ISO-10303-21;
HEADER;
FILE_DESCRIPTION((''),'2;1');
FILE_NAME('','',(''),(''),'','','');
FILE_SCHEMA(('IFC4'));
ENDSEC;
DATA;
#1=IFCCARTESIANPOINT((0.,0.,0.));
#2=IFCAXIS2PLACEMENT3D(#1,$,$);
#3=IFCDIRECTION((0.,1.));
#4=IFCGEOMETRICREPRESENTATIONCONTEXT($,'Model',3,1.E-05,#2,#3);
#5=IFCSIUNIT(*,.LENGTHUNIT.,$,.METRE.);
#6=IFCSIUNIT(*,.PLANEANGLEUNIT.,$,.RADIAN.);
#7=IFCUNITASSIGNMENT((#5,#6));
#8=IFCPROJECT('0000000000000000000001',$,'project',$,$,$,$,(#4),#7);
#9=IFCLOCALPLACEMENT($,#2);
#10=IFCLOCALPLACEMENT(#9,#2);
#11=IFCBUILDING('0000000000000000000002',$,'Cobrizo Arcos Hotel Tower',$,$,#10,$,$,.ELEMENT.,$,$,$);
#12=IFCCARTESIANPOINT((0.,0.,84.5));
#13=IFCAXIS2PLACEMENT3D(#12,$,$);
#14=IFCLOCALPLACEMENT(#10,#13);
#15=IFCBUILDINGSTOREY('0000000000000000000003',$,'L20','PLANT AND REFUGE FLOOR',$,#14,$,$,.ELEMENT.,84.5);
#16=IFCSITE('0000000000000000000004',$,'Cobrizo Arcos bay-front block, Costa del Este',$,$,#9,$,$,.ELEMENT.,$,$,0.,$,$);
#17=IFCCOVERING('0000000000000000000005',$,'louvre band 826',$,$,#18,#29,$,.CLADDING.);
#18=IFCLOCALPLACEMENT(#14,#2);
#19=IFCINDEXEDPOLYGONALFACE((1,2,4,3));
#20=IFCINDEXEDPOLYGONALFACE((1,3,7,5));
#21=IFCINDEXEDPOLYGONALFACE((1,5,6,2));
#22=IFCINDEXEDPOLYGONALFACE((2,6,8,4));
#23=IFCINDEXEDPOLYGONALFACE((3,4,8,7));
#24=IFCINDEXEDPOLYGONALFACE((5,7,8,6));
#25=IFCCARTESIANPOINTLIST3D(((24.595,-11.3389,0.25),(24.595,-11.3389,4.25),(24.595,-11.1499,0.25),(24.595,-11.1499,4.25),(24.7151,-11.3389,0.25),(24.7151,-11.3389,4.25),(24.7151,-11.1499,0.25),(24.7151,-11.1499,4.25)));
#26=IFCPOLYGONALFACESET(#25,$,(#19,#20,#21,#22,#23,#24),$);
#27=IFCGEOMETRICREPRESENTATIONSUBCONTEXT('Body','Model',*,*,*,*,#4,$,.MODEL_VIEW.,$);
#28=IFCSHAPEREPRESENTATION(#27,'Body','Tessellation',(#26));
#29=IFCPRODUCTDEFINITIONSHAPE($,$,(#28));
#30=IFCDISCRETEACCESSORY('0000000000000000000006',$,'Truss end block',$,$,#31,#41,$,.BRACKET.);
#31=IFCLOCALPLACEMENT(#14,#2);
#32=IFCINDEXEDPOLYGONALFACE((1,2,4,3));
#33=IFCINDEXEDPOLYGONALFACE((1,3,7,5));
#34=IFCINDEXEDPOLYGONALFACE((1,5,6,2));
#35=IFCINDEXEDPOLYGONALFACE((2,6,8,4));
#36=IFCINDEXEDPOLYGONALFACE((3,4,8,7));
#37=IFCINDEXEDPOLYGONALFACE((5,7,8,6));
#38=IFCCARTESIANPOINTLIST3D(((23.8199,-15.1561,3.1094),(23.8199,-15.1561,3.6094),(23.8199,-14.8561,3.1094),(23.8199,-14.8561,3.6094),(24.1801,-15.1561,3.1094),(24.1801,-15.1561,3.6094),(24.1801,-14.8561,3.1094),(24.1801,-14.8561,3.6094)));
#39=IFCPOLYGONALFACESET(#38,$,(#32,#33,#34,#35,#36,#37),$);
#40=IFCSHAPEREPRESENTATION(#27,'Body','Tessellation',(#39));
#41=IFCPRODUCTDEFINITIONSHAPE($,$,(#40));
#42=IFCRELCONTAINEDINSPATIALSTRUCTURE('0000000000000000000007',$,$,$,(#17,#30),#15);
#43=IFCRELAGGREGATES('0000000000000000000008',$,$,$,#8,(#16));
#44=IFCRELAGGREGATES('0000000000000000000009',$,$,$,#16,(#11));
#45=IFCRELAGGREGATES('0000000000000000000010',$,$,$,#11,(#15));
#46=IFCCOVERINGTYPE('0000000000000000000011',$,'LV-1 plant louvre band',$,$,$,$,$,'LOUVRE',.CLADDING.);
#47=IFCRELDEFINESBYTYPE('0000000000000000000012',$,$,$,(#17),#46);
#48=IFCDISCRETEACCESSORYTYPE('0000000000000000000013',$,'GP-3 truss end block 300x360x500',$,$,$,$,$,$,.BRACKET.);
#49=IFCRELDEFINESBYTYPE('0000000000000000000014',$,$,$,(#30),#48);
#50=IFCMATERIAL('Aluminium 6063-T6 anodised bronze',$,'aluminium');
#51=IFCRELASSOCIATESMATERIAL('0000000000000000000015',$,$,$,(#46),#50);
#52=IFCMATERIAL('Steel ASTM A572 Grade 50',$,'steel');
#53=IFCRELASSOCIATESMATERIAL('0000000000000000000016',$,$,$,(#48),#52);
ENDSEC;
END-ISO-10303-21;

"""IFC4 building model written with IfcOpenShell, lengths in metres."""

from ifc_helpers import new_model, si_unit, direction, frame, origin, origin_2d, place, context, subcontext, project, spatial, rectangle, extrude, material, type_object, element, save


model = new_model("IFC4")

# Units and contexts
model_context = context("Model", 3, precision=1e-05, world=origin(), true_north=direction((0.0, 1.0)))
body_context = subcontext(model_context, "Body", "Model", "MODEL_VIEW")
ifc_project = project(units=[si_unit("LENGTHUNIT", "METRE"), si_unit("PLANEANGLEUNIT", "RADIAN")], contexts=[model_context])

# Site, building, storey
site_placement = place(None, origin())
site = spatial("IfcSite", under=ifc_project, at=site_placement, Name="Cobrizo Arcos bay-front block, Costa del Este", CompositionType="ELEMENT", RefElevation=0.0)
building_placement = place(site_placement, origin())
building = spatial("IfcBuilding", under=site, at=building_placement, Name="Cobrizo Arcos Hotel Tower", CompositionType="ELEMENT")
storey_placement = place(building_placement, frame((0.0, 0.0, 84.5)))
storey = spatial("IfcBuildingStorey", under=building, at=storey_placement, Name="L20", Description="PLANT AND REFUGE FLOOR", CompositionType="ELEMENT", Elevation=84.5)

# Shared definitions
ifc_material_1 = material(Name="Aluminium 6063-T6 anodised bronze", Category="aluminium")

# Covering
covering_type = type_object("IfcCoveringType", Name="LV-1 plant louvre band", ElementType="LOUVRE", PredefinedType="CLADDING", material=ifc_material_1)
covering_1_placement = place(storey_placement, frame((24.655, -11.2444, 0.25), z_axis=(0.0, 0.0, 1.0), x_axis=(0.0, 1.0, 0.0)))
element("IfcCovering", 1, at=covering_1_placement, inside=storey, type_object=covering_type, Name="louvre band 826", PredefinedType="CLADDING", context=body_context, shape_type="SweptSolid", body=[
    extrude(rectangle(XDim=0.189, YDim=0.1201, at=origin_2d()), origin(), (0.0, 0.0, 1.0), 4.0),
])

# Discrete accessory
ifc_material_2 = material(Name="Steel ASTM A572 Grade 50", Category="steel")
discrete_accessory_type = type_object("IfcDiscreteAccessoryType", Name="GP-3 truss end block 300x360x500", PredefinedType="BRACKET", material=ifc_material_2)
discrete_accessory_placement = place(storey_placement, frame((24.0, -15.0061, 3.1094), z_axis=(0.0, 0.0, 1.0), x_axis=(0.0, 1.0, 0.0)))
element("IfcDiscreteAccessory", 2, at=discrete_accessory_placement, inside=storey, type_object=discrete_accessory_type, Name="Truss end block", PredefinedType="BRACKET", context=body_context, shape_type="SweptSolid", body=[
    extrude(rectangle(XDim=0.3, YDim=0.3601, at=origin_2d()), origin(), (0.0, 0.0, 1.0), 0.5),
])

save(model, "model.ifc")
